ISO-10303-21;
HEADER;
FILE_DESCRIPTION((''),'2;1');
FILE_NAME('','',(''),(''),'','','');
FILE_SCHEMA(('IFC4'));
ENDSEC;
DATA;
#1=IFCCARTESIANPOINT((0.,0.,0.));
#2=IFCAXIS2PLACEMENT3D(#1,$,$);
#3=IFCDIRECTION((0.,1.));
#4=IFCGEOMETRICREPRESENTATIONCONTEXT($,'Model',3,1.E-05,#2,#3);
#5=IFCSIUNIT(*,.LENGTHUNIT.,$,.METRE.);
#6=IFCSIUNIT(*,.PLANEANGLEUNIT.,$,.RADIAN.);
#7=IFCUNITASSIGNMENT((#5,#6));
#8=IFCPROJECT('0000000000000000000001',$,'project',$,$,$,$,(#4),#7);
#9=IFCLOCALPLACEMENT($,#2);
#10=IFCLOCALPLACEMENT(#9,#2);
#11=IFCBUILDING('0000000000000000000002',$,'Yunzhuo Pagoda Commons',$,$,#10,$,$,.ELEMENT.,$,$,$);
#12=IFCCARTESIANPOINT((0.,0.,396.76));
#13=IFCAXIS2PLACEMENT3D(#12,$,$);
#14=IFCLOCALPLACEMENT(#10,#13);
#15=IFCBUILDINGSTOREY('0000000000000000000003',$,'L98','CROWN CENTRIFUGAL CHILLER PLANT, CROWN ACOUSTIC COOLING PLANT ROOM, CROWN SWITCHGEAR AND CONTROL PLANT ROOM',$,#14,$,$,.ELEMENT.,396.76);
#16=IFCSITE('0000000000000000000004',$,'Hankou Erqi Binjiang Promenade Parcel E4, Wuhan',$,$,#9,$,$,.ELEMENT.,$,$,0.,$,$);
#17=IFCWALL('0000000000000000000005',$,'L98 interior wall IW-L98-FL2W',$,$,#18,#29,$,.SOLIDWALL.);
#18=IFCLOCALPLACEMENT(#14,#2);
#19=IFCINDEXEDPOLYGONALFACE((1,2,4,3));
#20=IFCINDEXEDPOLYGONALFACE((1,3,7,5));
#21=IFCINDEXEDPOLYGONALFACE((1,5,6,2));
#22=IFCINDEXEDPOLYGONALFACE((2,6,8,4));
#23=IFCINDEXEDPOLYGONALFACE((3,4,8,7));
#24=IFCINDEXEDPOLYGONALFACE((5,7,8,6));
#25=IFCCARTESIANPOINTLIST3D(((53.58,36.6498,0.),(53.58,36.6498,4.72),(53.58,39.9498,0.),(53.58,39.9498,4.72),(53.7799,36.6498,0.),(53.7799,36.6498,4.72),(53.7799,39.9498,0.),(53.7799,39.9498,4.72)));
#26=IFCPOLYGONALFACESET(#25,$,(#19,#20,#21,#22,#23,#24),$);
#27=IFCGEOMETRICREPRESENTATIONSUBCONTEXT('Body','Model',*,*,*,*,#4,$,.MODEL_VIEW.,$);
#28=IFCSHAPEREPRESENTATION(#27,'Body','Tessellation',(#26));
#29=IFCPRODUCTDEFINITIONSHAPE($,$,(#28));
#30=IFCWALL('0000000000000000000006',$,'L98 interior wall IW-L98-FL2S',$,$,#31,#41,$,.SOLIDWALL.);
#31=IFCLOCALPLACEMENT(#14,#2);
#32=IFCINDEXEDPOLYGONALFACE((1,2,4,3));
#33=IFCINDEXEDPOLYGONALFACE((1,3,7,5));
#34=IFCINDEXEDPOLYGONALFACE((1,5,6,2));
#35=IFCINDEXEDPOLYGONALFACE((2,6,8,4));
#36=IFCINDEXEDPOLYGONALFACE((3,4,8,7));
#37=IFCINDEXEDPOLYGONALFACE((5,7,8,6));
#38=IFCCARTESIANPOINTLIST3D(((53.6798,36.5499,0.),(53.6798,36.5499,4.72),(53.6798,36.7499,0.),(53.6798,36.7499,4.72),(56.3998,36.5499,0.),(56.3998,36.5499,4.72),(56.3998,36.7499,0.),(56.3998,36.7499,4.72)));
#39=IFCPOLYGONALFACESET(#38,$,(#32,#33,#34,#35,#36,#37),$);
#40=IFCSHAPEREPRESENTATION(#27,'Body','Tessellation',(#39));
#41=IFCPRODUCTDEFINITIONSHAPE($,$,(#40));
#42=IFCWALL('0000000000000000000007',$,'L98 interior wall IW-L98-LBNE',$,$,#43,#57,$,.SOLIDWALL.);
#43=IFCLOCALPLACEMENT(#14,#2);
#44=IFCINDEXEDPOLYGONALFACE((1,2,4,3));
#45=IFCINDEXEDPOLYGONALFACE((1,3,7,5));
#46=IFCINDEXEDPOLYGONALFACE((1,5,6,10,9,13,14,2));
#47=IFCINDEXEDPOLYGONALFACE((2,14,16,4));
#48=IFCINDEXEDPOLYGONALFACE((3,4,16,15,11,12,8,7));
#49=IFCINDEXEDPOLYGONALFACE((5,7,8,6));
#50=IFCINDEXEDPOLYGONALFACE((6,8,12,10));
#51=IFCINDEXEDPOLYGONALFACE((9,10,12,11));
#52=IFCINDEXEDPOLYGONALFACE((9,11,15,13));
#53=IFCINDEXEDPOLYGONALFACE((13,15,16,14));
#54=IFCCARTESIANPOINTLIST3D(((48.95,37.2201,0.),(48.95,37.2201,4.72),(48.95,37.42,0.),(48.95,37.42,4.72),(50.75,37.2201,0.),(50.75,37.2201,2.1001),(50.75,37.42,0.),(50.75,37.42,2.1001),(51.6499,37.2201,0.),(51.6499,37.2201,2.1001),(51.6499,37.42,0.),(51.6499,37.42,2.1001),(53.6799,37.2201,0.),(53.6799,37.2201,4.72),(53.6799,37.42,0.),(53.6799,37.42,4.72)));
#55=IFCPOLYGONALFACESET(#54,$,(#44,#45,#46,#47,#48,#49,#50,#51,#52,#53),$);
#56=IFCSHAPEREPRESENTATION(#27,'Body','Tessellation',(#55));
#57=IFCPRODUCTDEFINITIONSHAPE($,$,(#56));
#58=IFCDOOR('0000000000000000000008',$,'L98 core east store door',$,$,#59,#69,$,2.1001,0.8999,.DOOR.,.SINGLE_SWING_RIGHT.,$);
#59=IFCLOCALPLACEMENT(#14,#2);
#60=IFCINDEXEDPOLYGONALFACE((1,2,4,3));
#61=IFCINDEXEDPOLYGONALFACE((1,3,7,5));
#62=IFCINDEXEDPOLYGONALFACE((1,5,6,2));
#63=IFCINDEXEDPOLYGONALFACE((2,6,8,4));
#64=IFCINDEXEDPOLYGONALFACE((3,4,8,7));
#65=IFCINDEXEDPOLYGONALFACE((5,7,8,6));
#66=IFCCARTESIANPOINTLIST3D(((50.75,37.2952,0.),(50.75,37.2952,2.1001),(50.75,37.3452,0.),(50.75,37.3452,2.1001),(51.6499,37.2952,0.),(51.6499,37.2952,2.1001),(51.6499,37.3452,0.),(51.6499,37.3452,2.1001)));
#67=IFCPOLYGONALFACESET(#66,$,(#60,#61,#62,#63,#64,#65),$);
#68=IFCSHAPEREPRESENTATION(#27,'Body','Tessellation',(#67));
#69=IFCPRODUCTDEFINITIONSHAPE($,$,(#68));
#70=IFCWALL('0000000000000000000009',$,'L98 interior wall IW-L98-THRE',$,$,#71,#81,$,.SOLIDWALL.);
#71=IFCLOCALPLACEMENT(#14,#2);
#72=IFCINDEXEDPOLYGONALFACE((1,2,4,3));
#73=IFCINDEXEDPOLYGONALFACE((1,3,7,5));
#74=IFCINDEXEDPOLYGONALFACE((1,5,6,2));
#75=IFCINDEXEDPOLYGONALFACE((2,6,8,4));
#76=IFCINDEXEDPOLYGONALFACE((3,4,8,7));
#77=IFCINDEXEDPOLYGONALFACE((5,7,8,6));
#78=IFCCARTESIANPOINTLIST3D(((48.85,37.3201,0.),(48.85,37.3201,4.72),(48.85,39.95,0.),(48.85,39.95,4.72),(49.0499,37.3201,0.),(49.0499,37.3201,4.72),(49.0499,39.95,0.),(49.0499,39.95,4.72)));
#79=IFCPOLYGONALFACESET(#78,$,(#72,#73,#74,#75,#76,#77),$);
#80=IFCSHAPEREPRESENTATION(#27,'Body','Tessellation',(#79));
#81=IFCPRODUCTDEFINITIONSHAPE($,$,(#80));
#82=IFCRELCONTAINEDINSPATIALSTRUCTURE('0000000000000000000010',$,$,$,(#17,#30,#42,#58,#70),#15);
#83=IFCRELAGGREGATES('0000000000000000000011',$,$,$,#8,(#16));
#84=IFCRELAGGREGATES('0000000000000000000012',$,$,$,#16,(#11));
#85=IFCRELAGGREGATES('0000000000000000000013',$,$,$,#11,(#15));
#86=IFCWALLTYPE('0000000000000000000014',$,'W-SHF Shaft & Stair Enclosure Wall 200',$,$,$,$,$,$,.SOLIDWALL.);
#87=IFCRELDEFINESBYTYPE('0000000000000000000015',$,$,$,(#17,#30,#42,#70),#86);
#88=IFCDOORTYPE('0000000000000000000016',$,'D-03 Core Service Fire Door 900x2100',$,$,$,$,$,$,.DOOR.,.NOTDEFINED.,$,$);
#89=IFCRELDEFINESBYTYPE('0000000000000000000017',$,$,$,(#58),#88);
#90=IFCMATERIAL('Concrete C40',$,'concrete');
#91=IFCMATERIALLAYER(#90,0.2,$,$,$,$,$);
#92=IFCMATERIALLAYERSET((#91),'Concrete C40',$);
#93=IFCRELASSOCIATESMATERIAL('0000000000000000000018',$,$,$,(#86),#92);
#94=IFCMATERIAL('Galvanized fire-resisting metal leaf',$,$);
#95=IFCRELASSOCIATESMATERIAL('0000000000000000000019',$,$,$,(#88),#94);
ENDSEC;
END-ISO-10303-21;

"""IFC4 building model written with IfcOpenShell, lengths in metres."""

from ifc_helpers import new_model, si_unit, direction, frame, frame_2d, origin, place, context, subcontext, project, spatial, rectangle, extrude, source, transform, mapped, material, layer, layer_set, type_object, element, fill, save


model = new_model("IFC4")

# Units and contexts
model_context = context("Model", 3, precision=1e-05, world=origin(), true_north=direction((0.0, 1.0)))
body_context = subcontext(model_context, "Body", "Model", "MODEL_VIEW")
ifc_project = project(units=[si_unit("LENGTHUNIT", "METRE"), si_unit("PLANEANGLEUNIT", "RADIAN")], contexts=[model_context])

# Site, building, storey
site_placement = place(None, origin())
site = spatial("IfcSite", under=ifc_project, at=site_placement, Name="Hankou Erqi Binjiang Promenade Parcel E4, Wuhan", CompositionType="ELEMENT", RefElevation=0.0)
building_placement = place(site_placement, origin())
building = spatial("IfcBuilding", under=site, at=building_placement, Name="Yunzhuo Pagoda Commons", CompositionType="ELEMENT")
storey_placement = place(building_placement, frame((0.0, 0.0, 396.76)))
storey = spatial("IfcBuildingStorey", under=building, at=storey_placement, Name="L98", Description="CROWN CENTRIFUGAL CHILLER PLANT, CROWN ACOUSTIC COOLING PLANT ROOM, CROWN SWITCHGEAR AND CONTROL PLANT ROOM", CompositionType="ELEMENT", Elevation=396.76)

# Shared definitions
ifc_material_1 = material(Name="Galvanized fire-resisting metal leaf")

# Walls
ifc_material_2 = material(Name="Concrete C40", Category="concrete")
ifc_layer_1 = layer(ifc_material_2, 0.2)
ifc_layer_set_1 = layer_set([ifc_layer_1], Name="Concrete C40")
wall_type_1 = type_object("IfcWallType", Name="W-SHF Shaft & Stair Enclosure Wall 200", PredefinedType="SOLIDWALL", material=ifc_layer_set_1)
wall_1_placement = place(storey_placement, frame((53.6799, 36.6499, 0.0), z_axis=(0.0, 0.0, 1.0), x_axis=(0.0, 1.0, 0.0)))
element("IfcWall", 1, at=wall_1_placement, inside=storey, type_object=wall_type_1, Name="L98 interior wall IW-L98-FL2W", PredefinedType="SOLIDWALL", context=body_context, shape_type="SweptSolid", body=[
    extrude(rectangle(XDim=3.3, YDim=0.2, at=frame_2d((1.6499, 0.0))), origin(), (0.0, 0.0, 1.0), 4.72),
])
wall_2_placement = place(storey_placement, frame((53.6799, 36.6499, 0.0), z_axis=(0.0, 0.0, 1.0), x_axis=(1.0, 0.0, 0.0)))
element("IfcWall", 2, at=wall_2_placement, inside=storey, type_object=wall_type_1, Name="L98 interior wall IW-L98-FL2S", PredefinedType="SOLIDWALL", context=body_context, shape_type="SweptSolid", body=[
    extrude(rectangle(XDim=2.72, YDim=0.2, at=frame_2d((1.3599, 0.0))), origin(), (0.0, 0.0, 1.0), 4.72),
])

# Wall, opening, door
wall_3_placement = place(storey_placement, frame((48.95, 37.3201, 0.0), z_axis=(0.0, 0.0, 1.0), x_axis=(1.0, 0.0, 0.0)))
wall_3 = element("IfcWall", 3, at=wall_3_placement, inside=storey, type_object=wall_type_1, Name="L98 interior wall IW-L98-LBNE", PredefinedType="SOLIDWALL", context=body_context, shape_type="SweptSolid", body=[
    extrude(rectangle(XDim=4.73, YDim=0.2, at=frame_2d((2.365, 0.0))), origin(), (0.0, 0.0, 1.0), 4.72),
])
opening_1_placement = place(wall_3_placement, frame((1.8, 0.0, 0.0)))
opening_1 = element("IfcOpeningElement", 4, at=opening_1_placement, cuts=wall_3, PredefinedType="OPENING", context=body_context, shape_type="SweptSolid", body=[
    extrude(rectangle(XDim=0.8999, YDim=2.1001, at=frame_2d((0.45, 1.05))), frame((0.0, 0.1099, 0.0), z_axis=(0.0, -1.0, 0.0), x_axis=(1.0, 0.0, 0.0)), (0.0, 0.0, 1.0), 0.22),
])
door_type_1 = type_object("IfcDoorType", Name="D-03 Core Service Fire Door 900x2100", OperationType="NOTDEFINED", PredefinedType="DOOR", material=ifc_material_1)
shared_shape_1 = source(origin(), body_context, "Body", "SweptSolid", [
    extrude(rectangle(XDim=0.8999, YDim=2.1001, at=frame_2d((0.45, 1.05))), frame((0.0, 0.0249, 0.0), z_axis=(0.0, -1.0, 0.0), x_axis=(1.0, 0.0, 0.0)), (0.0, 0.0, 1.0), 0.05),
])
door_1_placement = place(opening_1_placement, frame((0.8999, 0.0, 0.0), z_axis=(0.0, 0.0, 1.0), x_axis=(-1.0, 0.0, 0.0)))
door_1 = element("IfcDoor", 5, at=door_1_placement, inside=storey, type_object=door_type_1, Name="L98 core east store door", OperationType="SINGLE_SWING_RIGHT", OverallHeight=2.1001, OverallWidth=0.8999, PredefinedType="DOOR", context=body_context, shape_type="MappedRepresentation", body=[
    mapped(shared_shape_1, transform((0.0, 0.0, 0.0), scale=1.0)),
])
fill(opening_1, door_1)

# Wall
wall_4_placement = place(storey_placement, frame((48.95, 37.3201, 0.0), z_axis=(0.0, 0.0, 1.0), x_axis=(0.0, 1.0, 0.0)))
element("IfcWall", 6, at=wall_4_placement, inside=storey, type_object=wall_type_1, Name="L98 interior wall IW-L98-THRE", PredefinedType="SOLIDWALL", context=body_context, shape_type="SweptSolid", body=[
    extrude(rectangle(XDim=2.6299, YDim=0.2, at=frame_2d((1.3149, 0.0))), origin(), (0.0, 0.0, 1.0), 4.72),
])

save(model, "model.ifc")
